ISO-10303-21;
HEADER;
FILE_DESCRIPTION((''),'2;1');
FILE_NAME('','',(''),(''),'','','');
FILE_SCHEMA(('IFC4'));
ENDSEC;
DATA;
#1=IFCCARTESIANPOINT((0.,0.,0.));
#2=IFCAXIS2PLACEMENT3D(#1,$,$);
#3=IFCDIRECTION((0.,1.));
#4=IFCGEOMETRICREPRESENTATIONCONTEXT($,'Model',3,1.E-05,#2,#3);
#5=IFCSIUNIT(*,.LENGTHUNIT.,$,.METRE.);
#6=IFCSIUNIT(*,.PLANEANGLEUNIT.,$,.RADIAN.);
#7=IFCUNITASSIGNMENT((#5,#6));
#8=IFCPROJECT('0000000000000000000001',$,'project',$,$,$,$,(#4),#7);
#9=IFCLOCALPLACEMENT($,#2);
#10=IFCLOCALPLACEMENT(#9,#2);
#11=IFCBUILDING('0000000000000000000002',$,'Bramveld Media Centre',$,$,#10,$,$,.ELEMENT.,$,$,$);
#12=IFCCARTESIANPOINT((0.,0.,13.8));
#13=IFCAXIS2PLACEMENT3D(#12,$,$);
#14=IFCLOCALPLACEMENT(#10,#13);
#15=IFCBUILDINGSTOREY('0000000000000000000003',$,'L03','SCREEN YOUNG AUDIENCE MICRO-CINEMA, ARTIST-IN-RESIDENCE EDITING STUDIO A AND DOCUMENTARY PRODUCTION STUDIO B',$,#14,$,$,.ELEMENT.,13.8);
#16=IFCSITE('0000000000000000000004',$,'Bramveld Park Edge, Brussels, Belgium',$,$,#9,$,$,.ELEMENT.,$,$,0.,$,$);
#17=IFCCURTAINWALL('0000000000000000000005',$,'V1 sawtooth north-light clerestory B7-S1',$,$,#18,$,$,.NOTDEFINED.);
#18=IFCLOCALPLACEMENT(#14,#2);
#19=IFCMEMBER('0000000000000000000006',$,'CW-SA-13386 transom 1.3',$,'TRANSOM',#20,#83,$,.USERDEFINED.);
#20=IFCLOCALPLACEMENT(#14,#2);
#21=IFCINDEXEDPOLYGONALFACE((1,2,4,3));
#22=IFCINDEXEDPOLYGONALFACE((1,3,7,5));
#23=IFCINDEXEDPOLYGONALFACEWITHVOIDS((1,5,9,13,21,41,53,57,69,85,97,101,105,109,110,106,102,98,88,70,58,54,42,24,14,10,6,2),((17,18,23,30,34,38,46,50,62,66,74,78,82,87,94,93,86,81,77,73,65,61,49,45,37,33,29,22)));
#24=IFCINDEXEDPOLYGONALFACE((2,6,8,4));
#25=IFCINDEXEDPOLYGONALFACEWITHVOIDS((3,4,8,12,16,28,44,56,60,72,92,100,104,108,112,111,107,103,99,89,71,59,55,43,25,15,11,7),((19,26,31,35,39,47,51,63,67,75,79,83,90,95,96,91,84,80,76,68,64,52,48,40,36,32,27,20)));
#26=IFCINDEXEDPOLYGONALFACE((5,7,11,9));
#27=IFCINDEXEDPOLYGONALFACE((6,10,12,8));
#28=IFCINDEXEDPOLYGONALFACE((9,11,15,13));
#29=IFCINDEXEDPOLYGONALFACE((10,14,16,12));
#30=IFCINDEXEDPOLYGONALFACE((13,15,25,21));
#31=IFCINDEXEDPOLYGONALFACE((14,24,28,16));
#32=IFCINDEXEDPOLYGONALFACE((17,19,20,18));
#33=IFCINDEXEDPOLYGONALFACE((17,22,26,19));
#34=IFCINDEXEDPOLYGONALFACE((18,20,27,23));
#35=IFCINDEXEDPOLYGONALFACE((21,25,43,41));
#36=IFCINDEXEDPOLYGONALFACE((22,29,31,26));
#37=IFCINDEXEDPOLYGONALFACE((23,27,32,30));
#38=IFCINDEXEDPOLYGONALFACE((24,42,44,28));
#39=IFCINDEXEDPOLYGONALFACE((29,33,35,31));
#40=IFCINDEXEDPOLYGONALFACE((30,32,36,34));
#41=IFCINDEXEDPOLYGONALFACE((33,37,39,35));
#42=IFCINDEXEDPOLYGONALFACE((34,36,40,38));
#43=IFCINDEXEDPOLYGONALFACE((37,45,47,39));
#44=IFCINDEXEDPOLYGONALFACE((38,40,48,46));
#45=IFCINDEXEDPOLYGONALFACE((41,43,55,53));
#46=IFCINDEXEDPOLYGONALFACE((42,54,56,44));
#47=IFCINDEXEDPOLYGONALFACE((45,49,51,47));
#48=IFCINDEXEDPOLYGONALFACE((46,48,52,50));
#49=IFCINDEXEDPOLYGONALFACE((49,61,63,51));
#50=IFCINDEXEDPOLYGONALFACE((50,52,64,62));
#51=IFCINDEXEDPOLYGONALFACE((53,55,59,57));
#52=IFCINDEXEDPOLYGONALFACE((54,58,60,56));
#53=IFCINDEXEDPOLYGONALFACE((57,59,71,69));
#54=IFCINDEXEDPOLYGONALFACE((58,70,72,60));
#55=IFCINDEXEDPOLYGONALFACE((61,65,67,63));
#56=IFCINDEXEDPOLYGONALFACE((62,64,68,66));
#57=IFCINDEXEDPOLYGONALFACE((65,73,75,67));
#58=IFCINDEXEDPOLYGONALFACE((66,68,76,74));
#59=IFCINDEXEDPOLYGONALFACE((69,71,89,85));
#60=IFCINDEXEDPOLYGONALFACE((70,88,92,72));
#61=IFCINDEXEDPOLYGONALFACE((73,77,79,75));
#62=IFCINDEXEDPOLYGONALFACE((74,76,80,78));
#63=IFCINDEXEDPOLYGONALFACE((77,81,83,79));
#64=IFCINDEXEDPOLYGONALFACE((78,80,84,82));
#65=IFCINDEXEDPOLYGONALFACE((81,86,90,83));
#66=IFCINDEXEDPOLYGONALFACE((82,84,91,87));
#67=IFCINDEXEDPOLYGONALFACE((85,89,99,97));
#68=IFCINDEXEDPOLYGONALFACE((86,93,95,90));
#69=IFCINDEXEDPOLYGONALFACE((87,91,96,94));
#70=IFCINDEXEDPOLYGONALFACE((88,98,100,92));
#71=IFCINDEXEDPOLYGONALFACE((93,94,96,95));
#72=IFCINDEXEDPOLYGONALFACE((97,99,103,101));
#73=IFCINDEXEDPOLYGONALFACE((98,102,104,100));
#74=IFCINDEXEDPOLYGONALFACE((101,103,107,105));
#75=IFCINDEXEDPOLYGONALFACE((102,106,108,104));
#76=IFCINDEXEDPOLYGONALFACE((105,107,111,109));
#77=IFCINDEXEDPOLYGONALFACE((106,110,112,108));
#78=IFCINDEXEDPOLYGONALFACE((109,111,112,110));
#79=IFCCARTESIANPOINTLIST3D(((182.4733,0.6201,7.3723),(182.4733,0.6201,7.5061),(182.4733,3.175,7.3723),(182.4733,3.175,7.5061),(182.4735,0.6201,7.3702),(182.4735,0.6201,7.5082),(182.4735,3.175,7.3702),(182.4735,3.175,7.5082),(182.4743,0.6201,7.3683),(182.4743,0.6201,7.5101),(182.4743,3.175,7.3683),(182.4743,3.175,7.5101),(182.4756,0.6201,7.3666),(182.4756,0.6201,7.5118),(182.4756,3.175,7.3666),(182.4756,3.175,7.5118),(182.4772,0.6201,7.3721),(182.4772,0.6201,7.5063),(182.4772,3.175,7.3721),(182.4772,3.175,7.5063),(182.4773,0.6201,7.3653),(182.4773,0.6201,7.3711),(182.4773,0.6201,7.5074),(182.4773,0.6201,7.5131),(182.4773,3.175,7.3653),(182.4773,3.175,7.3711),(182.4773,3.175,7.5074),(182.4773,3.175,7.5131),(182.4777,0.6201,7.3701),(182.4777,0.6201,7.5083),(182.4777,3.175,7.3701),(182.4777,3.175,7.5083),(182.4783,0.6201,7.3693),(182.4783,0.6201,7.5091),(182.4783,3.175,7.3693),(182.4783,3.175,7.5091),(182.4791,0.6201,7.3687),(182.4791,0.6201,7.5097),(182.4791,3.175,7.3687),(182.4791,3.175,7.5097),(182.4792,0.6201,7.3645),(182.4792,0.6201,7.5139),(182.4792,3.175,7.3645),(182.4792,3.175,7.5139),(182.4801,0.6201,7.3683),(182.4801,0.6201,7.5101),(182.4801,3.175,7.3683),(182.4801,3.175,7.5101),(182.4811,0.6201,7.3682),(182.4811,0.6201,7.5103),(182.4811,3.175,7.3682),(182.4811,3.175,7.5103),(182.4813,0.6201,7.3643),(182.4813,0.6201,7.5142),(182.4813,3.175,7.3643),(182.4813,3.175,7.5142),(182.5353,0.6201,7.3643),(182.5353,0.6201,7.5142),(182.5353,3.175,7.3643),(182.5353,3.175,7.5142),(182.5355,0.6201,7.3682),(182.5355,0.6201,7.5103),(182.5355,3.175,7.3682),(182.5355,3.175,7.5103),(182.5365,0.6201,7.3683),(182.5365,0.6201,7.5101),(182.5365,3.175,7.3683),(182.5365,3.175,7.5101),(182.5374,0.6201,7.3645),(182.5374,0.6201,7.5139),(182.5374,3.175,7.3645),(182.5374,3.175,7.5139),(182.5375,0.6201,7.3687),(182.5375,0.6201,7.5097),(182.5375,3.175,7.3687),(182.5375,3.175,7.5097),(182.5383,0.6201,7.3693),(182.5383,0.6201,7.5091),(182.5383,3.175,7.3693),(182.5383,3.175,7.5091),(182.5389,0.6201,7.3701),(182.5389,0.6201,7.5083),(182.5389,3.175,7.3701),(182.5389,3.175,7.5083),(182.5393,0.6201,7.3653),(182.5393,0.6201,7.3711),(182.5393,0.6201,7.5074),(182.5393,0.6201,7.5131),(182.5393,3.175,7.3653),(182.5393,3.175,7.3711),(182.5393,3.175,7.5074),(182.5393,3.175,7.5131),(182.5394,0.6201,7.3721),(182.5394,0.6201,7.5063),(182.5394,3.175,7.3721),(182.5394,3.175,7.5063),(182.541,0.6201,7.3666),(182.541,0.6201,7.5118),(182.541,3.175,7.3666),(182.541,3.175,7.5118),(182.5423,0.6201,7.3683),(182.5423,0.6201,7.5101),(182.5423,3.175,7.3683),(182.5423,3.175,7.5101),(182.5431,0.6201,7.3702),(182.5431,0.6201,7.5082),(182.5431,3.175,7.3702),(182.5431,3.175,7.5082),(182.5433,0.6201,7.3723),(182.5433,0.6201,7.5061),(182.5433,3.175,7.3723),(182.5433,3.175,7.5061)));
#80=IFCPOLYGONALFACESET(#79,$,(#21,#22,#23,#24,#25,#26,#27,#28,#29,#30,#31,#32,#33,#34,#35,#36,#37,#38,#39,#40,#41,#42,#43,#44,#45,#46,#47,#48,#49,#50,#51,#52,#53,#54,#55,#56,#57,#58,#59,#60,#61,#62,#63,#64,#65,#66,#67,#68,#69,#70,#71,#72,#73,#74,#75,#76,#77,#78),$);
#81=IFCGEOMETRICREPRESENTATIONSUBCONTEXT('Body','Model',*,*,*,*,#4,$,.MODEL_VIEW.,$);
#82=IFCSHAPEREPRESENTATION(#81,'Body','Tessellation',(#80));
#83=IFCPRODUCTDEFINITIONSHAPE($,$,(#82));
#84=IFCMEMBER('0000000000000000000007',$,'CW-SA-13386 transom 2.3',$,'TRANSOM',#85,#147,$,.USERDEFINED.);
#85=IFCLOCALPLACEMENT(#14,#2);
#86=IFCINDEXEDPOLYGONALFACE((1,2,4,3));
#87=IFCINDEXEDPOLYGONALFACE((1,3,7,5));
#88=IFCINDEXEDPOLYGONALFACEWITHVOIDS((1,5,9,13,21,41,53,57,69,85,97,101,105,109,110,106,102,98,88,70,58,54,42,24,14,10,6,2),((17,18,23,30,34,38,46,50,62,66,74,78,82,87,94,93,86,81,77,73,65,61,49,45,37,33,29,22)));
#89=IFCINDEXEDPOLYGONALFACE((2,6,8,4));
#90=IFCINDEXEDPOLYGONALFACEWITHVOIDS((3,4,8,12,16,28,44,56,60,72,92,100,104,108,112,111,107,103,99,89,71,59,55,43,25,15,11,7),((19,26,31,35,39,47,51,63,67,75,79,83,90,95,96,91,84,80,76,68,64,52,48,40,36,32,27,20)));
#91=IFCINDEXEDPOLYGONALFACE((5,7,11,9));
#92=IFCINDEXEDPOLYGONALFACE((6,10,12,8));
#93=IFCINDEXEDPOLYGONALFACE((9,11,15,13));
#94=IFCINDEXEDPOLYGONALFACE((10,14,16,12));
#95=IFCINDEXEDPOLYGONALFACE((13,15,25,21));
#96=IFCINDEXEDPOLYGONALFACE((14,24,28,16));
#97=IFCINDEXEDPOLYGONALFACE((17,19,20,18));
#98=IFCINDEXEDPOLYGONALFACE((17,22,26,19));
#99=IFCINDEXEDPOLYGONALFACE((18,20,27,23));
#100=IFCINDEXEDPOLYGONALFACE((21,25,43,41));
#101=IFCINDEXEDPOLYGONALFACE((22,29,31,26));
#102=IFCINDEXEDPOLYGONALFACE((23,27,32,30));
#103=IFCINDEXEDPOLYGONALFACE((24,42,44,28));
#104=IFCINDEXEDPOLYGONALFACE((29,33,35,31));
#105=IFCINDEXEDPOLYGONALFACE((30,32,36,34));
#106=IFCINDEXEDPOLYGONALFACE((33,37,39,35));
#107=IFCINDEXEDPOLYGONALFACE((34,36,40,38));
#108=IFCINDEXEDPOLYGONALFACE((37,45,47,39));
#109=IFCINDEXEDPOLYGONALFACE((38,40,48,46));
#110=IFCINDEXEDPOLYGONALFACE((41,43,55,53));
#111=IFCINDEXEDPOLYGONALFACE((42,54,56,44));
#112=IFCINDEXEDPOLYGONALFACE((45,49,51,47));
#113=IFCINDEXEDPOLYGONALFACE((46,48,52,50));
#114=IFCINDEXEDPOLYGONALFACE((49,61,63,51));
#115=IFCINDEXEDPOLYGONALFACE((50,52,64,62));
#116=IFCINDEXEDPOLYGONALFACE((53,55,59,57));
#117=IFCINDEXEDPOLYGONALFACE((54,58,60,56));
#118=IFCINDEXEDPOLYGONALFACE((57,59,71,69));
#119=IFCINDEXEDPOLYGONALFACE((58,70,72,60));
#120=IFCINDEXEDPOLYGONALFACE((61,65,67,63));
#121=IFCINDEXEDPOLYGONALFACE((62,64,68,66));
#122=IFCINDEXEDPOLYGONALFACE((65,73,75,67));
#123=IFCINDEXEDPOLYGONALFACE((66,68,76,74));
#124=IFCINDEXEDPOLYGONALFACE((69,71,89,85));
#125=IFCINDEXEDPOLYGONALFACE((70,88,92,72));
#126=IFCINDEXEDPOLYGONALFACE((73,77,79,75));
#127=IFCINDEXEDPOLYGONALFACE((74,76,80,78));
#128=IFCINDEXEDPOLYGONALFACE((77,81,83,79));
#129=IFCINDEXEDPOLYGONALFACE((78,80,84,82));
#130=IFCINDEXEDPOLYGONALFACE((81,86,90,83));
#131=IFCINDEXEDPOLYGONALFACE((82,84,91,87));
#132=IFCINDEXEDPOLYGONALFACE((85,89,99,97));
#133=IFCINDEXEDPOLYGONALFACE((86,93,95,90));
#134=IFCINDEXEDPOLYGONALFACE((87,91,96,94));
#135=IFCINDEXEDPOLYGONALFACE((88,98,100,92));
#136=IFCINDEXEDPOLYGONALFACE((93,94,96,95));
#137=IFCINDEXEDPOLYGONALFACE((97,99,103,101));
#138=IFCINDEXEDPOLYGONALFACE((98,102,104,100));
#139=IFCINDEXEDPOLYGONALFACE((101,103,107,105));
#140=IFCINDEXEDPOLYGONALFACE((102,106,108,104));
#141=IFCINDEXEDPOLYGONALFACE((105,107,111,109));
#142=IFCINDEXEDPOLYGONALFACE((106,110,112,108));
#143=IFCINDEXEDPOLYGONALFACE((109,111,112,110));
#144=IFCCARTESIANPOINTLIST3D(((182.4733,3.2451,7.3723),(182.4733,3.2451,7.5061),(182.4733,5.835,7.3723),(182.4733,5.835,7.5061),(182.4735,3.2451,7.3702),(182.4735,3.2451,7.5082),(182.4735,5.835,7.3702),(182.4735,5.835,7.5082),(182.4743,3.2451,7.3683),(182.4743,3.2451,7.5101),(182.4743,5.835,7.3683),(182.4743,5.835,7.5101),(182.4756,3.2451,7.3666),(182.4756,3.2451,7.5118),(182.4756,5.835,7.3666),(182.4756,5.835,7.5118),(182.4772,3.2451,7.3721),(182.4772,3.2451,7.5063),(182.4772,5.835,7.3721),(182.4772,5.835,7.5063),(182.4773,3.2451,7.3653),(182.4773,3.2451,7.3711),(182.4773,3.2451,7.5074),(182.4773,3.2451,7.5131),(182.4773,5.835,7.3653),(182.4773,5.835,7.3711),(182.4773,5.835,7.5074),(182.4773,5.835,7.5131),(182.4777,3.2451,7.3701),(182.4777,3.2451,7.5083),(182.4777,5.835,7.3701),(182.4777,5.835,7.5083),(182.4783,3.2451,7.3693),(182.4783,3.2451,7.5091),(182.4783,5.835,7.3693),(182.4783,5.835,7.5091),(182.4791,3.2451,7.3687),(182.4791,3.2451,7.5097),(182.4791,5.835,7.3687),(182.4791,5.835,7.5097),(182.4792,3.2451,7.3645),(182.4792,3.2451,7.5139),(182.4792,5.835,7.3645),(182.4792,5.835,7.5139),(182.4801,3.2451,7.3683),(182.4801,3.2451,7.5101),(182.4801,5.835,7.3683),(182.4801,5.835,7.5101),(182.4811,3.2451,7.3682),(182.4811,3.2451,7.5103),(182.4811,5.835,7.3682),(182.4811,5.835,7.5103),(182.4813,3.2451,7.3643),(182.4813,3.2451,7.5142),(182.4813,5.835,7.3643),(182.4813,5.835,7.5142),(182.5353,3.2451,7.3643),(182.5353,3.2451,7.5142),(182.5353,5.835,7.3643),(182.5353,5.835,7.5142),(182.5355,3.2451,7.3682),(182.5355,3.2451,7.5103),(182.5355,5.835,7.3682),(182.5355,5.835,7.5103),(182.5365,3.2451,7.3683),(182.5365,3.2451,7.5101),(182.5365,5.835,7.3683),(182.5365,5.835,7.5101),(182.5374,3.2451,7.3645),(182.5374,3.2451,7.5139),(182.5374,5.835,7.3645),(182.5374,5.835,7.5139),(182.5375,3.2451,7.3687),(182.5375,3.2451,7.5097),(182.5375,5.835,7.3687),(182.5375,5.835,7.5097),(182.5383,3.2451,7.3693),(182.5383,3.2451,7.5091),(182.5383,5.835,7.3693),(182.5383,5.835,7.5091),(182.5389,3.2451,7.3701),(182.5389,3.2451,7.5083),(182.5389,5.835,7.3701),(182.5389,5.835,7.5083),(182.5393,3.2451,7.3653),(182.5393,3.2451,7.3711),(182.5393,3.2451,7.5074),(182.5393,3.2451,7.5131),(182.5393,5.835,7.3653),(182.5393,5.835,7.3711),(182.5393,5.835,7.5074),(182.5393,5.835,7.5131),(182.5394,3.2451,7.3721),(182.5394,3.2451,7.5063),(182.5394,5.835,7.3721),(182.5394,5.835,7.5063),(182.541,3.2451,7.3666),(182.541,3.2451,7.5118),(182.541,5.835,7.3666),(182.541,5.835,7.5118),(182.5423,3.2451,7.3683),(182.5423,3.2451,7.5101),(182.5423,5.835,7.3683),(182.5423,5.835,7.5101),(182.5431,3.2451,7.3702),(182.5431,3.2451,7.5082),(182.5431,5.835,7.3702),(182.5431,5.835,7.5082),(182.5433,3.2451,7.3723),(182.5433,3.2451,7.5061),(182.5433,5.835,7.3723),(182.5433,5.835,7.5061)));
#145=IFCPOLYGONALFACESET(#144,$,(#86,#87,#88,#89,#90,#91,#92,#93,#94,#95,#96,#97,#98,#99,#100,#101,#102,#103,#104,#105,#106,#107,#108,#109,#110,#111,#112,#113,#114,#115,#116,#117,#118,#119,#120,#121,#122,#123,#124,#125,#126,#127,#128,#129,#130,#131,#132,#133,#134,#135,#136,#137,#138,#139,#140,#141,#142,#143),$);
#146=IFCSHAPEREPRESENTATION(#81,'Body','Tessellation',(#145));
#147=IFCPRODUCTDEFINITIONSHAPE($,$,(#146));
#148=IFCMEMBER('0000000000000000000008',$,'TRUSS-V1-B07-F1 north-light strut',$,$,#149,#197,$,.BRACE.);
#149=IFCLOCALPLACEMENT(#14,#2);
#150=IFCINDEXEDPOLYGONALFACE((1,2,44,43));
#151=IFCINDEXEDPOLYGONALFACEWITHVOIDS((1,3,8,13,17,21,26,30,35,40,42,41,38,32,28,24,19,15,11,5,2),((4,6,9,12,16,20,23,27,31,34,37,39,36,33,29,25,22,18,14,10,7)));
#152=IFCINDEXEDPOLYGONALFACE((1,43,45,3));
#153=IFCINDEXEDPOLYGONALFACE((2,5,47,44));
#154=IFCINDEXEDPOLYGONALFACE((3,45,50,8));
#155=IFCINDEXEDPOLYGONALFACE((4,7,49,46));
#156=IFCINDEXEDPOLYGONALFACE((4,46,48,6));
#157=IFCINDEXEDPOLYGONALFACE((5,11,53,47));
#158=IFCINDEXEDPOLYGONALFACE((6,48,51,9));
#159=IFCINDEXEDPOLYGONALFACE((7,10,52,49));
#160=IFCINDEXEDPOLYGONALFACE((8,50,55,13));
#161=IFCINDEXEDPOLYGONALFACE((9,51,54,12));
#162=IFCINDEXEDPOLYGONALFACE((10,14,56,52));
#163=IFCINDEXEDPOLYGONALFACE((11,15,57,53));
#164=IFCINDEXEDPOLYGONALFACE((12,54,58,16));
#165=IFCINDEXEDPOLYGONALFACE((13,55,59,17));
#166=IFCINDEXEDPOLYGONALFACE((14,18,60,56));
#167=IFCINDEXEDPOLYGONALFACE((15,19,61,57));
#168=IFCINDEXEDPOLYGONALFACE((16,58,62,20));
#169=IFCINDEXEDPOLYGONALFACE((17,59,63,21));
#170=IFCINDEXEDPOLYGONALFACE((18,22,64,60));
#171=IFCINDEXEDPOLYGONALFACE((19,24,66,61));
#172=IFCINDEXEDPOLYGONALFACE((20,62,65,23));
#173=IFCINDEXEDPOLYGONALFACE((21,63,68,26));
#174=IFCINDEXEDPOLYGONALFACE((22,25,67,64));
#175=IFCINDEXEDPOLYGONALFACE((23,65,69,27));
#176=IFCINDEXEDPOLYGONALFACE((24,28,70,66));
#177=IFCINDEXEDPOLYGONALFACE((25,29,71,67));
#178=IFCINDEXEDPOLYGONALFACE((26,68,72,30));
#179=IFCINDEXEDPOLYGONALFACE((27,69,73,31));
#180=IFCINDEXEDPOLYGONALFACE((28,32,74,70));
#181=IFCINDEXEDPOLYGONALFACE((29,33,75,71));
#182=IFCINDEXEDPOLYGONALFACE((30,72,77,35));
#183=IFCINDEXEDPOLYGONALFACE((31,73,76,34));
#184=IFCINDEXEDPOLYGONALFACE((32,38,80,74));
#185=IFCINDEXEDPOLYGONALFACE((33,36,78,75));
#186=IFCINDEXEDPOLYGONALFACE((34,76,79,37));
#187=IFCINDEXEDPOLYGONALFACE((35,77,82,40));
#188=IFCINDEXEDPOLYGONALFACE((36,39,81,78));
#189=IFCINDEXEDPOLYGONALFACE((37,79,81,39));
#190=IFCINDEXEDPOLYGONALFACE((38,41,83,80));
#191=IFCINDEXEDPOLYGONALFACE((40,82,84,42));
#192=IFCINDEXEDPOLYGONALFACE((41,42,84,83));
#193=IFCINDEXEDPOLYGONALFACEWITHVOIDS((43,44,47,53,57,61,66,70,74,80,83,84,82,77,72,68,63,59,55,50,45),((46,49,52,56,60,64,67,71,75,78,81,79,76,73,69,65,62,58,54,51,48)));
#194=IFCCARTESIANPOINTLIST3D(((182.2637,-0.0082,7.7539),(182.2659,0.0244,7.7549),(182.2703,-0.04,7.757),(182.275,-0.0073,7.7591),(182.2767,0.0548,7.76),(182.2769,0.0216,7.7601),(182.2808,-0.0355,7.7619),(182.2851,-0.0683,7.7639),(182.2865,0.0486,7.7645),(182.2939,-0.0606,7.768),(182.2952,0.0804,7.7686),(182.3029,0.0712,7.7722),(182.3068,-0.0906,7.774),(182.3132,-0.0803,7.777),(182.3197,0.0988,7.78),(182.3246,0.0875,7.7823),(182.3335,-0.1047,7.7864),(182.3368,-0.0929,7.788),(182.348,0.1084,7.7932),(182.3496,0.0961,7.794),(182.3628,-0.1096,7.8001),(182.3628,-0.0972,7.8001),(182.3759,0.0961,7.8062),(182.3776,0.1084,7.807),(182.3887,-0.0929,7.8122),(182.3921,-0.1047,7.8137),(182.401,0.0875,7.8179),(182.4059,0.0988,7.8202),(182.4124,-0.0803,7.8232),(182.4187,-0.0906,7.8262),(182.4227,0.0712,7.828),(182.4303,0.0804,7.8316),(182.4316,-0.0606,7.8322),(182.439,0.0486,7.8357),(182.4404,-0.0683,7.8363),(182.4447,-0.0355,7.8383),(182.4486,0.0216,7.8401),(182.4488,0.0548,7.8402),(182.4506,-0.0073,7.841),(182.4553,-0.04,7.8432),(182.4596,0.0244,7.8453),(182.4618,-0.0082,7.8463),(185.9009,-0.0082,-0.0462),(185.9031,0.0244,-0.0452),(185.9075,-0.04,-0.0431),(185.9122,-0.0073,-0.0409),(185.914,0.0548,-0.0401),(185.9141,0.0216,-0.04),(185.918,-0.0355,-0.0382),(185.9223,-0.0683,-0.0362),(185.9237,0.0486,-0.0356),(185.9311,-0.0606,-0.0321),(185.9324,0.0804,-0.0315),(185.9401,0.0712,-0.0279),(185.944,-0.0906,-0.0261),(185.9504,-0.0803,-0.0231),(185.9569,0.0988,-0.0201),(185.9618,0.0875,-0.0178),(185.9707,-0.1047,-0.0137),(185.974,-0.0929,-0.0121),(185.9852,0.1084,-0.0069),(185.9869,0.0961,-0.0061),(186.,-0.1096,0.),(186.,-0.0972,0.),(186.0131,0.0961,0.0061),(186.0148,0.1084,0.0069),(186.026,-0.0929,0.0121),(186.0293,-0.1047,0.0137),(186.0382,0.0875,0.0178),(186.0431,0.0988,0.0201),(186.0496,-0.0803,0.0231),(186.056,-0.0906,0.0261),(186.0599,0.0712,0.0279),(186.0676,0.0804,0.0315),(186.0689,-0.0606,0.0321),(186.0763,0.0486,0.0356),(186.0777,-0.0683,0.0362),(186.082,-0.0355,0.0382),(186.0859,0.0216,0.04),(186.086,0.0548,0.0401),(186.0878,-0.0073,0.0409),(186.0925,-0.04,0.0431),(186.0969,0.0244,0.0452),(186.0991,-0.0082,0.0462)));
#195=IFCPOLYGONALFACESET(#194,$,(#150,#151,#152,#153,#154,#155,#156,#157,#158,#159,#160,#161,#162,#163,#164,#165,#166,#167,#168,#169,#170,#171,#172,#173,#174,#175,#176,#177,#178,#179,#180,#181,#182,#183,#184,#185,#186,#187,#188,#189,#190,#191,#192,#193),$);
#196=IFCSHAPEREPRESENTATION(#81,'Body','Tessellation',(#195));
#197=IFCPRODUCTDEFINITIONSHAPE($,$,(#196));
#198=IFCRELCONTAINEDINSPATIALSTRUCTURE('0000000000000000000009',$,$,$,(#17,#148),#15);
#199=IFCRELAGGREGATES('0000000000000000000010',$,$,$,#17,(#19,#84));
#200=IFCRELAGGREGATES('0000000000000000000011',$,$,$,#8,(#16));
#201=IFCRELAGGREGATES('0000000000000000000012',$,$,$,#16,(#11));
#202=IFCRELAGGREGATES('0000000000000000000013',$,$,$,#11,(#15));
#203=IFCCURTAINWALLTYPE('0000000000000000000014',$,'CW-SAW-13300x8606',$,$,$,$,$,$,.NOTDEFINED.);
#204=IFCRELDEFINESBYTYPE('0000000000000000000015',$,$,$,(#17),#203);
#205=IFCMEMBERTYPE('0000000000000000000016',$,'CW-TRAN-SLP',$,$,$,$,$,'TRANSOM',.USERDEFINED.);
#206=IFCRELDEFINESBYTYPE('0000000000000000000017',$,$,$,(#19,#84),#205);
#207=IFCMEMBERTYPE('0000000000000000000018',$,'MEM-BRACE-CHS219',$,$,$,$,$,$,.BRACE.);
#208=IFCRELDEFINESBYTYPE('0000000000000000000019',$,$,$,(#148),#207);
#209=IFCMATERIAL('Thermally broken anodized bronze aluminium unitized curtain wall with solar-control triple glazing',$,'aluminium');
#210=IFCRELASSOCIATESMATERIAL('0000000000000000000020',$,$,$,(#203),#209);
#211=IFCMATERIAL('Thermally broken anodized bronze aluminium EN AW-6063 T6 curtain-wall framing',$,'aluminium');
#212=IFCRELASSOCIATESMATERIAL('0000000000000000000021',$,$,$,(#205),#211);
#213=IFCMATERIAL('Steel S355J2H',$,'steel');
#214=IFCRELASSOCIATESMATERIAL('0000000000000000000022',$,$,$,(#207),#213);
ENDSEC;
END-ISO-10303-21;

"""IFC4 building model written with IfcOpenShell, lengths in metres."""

from ifc_helpers import new_model, si_unit, direction, frame, origin, origin_2d, place, context, subcontext, project, spatial, hollow_rectangle, hollow_circle, extrude, material, material_profile, profile_set, type_object, element, aggregate, save


model = new_model("IFC4")

# Units and contexts
model_context = context("Model", 3, precision=1e-05, world=origin(), true_north=direction((0.0, 1.0)))
body_context = subcontext(model_context, "Body", "Model", "MODEL_VIEW")
ifc_project = project(units=[si_unit("LENGTHUNIT", "METRE"), si_unit("PLANEANGLEUNIT", "RADIAN")], contexts=[model_context])

# Site, building, storey
site_placement = place(None, origin())
site = spatial("IfcSite", under=ifc_project, at=site_placement, Name="Bramveld Park Edge, Brussels, Belgium", CompositionType="ELEMENT", RefElevation=0.0)
building_placement = place(site_placement, origin())
building = spatial("IfcBuilding", under=site, at=building_placement, Name="Bramveld Media Centre", CompositionType="ELEMENT")
storey_placement = place(building_placement, frame((0.0, 0.0, 13.8)))
storey = spatial("IfcBuildingStorey", under=building, at=storey_placement, Name="L03", Description="SCREEN YOUNG AUDIENCE MICRO-CINEMA, ARTIST-IN-RESIDENCE EDITING STUDIO A AND DOCUMENTARY PRODUCTION STUDIO B", CompositionType="ELEMENT", Elevation=13.8)

# Curtain wall, members
ifc_material_1 = material(Name="Thermally broken anodized bronze aluminium unitized curtain wall with solar-control triple glazing", Category="aluminium")
curtain_wall_type = type_object("IfcCurtainWallType", Name="CW-SAW-13300x8606", PredefinedType="NOTDEFINED", material=ifc_material_1)
curtain_wall_placement = place(storey_placement, origin())
curtain_wall = element("IfcCurtainWall", 1, at=curtain_wall_placement, inside=storey, type_object=curtain_wall_type, Name="V1 sawtooth north-light clerestory B7-S1", PredefinedType="NOTDEFINED")
ifc_material_2 = material(Name="Thermally broken anodized bronze aluminium EN AW-6063 T6 curtain-wall framing", Category="aluminium")
ifc_material_profile_1 = material_profile(ifc_material_2, hollow_rectangle(XDim=0.0701, YDim=0.1499, WallThickness=0.0039, InnerFilletRadius=0.0039, OuterFilletRadius=0.0081, at=origin_2d()), Name="AL-TRAN 70x150")
ifc_profile_set_1 = profile_set([ifc_material_profile_1], Name="Thermally broken anodized bronze aluminium EN AW-6063 T6 curtain-wall framing")
member_type_1 = type_object("IfcMemberType", Name="CW-TRAN-SLP", ElementType="TRANSOM", PredefinedType="USERDEFINED", material=ifc_profile_set_1)
member_1_placement = place(storey_placement, frame((182.5083, 0.6201, 7.4392), z_axis=(0.0, 1.0, 0.0), x_axis=(-1.0, 0.0, 0.0)))
member_1 = element("IfcMember", 2, at=member_1_placement, type_object=member_type_1, Name="CW-SA-13386 transom 1.3", ObjectType="TRANSOM", PredefinedType="USERDEFINED", context=body_context, shape_type="SweptSolid", body=[
    extrude(hollow_rectangle(XDim=0.0701, YDim=0.1499, WallThickness=0.0039, InnerFilletRadius=0.0039, OuterFilletRadius=0.0081, at=origin_2d()), origin(), (0.0, 0.0, 1.0), 2.5549),
])
member_2_placement = place(storey_placement, frame((182.5083, 3.2451, 7.4392), z_axis=(0.0, 1.0, 0.0), x_axis=(-1.0, 0.0, 0.0)))
member_2 = element("IfcMember", 3, at=member_2_placement, type_object=member_type_1, Name="CW-SA-13386 transom 2.3", ObjectType="TRANSOM", PredefinedType="USERDEFINED", context=body_context, shape_type="SweptSolid", body=[
    extrude(hollow_rectangle(XDim=0.0701, YDim=0.1499, WallThickness=0.0039, InnerFilletRadius=0.0039, OuterFilletRadius=0.0081, at=origin_2d()), origin(), (0.0, 0.0, 1.0), 2.5898),
])

# Member
ifc_material_3 = material(Name="Steel S355J2H", Category="steel")
ifc_material_profile_2 = material_profile(ifc_material_3, hollow_circle(Radius=0.1096, WallThickness=0.0125, at=origin_2d()), Name="CHS 219.1x12.5")
ifc_profile_set_2 = profile_set([ifc_material_profile_2], Name="Steel S355J2H")
member_type_2 = type_object("IfcMemberType", Name="MEM-BRACE-CHS219", PredefinedType="BRACE", material=ifc_profile_set_2)
member_3_placement = place(storey_placement, frame((186.0, 0.0, 0.0), z_axis=(-0.422617, 0.0, 0.906308), x_axis=(0.0, -1.0, 0.0)))
element("IfcMember", 4, at=member_3_placement, inside=storey, type_object=member_type_2, Name="TRUSS-V1-B07-F1 north-light strut", PredefinedType="BRACE", context=body_context, shape_type="SweptSolid", body=[
    extrude(hollow_circle(Radius=0.1096, WallThickness=0.0125, at=origin_2d()), origin(), (0.0, 0.0, 1.0), 8.6064),
])

aggregate(curtain_wall, [member_1, member_2])

save(model, "model.ifc")
